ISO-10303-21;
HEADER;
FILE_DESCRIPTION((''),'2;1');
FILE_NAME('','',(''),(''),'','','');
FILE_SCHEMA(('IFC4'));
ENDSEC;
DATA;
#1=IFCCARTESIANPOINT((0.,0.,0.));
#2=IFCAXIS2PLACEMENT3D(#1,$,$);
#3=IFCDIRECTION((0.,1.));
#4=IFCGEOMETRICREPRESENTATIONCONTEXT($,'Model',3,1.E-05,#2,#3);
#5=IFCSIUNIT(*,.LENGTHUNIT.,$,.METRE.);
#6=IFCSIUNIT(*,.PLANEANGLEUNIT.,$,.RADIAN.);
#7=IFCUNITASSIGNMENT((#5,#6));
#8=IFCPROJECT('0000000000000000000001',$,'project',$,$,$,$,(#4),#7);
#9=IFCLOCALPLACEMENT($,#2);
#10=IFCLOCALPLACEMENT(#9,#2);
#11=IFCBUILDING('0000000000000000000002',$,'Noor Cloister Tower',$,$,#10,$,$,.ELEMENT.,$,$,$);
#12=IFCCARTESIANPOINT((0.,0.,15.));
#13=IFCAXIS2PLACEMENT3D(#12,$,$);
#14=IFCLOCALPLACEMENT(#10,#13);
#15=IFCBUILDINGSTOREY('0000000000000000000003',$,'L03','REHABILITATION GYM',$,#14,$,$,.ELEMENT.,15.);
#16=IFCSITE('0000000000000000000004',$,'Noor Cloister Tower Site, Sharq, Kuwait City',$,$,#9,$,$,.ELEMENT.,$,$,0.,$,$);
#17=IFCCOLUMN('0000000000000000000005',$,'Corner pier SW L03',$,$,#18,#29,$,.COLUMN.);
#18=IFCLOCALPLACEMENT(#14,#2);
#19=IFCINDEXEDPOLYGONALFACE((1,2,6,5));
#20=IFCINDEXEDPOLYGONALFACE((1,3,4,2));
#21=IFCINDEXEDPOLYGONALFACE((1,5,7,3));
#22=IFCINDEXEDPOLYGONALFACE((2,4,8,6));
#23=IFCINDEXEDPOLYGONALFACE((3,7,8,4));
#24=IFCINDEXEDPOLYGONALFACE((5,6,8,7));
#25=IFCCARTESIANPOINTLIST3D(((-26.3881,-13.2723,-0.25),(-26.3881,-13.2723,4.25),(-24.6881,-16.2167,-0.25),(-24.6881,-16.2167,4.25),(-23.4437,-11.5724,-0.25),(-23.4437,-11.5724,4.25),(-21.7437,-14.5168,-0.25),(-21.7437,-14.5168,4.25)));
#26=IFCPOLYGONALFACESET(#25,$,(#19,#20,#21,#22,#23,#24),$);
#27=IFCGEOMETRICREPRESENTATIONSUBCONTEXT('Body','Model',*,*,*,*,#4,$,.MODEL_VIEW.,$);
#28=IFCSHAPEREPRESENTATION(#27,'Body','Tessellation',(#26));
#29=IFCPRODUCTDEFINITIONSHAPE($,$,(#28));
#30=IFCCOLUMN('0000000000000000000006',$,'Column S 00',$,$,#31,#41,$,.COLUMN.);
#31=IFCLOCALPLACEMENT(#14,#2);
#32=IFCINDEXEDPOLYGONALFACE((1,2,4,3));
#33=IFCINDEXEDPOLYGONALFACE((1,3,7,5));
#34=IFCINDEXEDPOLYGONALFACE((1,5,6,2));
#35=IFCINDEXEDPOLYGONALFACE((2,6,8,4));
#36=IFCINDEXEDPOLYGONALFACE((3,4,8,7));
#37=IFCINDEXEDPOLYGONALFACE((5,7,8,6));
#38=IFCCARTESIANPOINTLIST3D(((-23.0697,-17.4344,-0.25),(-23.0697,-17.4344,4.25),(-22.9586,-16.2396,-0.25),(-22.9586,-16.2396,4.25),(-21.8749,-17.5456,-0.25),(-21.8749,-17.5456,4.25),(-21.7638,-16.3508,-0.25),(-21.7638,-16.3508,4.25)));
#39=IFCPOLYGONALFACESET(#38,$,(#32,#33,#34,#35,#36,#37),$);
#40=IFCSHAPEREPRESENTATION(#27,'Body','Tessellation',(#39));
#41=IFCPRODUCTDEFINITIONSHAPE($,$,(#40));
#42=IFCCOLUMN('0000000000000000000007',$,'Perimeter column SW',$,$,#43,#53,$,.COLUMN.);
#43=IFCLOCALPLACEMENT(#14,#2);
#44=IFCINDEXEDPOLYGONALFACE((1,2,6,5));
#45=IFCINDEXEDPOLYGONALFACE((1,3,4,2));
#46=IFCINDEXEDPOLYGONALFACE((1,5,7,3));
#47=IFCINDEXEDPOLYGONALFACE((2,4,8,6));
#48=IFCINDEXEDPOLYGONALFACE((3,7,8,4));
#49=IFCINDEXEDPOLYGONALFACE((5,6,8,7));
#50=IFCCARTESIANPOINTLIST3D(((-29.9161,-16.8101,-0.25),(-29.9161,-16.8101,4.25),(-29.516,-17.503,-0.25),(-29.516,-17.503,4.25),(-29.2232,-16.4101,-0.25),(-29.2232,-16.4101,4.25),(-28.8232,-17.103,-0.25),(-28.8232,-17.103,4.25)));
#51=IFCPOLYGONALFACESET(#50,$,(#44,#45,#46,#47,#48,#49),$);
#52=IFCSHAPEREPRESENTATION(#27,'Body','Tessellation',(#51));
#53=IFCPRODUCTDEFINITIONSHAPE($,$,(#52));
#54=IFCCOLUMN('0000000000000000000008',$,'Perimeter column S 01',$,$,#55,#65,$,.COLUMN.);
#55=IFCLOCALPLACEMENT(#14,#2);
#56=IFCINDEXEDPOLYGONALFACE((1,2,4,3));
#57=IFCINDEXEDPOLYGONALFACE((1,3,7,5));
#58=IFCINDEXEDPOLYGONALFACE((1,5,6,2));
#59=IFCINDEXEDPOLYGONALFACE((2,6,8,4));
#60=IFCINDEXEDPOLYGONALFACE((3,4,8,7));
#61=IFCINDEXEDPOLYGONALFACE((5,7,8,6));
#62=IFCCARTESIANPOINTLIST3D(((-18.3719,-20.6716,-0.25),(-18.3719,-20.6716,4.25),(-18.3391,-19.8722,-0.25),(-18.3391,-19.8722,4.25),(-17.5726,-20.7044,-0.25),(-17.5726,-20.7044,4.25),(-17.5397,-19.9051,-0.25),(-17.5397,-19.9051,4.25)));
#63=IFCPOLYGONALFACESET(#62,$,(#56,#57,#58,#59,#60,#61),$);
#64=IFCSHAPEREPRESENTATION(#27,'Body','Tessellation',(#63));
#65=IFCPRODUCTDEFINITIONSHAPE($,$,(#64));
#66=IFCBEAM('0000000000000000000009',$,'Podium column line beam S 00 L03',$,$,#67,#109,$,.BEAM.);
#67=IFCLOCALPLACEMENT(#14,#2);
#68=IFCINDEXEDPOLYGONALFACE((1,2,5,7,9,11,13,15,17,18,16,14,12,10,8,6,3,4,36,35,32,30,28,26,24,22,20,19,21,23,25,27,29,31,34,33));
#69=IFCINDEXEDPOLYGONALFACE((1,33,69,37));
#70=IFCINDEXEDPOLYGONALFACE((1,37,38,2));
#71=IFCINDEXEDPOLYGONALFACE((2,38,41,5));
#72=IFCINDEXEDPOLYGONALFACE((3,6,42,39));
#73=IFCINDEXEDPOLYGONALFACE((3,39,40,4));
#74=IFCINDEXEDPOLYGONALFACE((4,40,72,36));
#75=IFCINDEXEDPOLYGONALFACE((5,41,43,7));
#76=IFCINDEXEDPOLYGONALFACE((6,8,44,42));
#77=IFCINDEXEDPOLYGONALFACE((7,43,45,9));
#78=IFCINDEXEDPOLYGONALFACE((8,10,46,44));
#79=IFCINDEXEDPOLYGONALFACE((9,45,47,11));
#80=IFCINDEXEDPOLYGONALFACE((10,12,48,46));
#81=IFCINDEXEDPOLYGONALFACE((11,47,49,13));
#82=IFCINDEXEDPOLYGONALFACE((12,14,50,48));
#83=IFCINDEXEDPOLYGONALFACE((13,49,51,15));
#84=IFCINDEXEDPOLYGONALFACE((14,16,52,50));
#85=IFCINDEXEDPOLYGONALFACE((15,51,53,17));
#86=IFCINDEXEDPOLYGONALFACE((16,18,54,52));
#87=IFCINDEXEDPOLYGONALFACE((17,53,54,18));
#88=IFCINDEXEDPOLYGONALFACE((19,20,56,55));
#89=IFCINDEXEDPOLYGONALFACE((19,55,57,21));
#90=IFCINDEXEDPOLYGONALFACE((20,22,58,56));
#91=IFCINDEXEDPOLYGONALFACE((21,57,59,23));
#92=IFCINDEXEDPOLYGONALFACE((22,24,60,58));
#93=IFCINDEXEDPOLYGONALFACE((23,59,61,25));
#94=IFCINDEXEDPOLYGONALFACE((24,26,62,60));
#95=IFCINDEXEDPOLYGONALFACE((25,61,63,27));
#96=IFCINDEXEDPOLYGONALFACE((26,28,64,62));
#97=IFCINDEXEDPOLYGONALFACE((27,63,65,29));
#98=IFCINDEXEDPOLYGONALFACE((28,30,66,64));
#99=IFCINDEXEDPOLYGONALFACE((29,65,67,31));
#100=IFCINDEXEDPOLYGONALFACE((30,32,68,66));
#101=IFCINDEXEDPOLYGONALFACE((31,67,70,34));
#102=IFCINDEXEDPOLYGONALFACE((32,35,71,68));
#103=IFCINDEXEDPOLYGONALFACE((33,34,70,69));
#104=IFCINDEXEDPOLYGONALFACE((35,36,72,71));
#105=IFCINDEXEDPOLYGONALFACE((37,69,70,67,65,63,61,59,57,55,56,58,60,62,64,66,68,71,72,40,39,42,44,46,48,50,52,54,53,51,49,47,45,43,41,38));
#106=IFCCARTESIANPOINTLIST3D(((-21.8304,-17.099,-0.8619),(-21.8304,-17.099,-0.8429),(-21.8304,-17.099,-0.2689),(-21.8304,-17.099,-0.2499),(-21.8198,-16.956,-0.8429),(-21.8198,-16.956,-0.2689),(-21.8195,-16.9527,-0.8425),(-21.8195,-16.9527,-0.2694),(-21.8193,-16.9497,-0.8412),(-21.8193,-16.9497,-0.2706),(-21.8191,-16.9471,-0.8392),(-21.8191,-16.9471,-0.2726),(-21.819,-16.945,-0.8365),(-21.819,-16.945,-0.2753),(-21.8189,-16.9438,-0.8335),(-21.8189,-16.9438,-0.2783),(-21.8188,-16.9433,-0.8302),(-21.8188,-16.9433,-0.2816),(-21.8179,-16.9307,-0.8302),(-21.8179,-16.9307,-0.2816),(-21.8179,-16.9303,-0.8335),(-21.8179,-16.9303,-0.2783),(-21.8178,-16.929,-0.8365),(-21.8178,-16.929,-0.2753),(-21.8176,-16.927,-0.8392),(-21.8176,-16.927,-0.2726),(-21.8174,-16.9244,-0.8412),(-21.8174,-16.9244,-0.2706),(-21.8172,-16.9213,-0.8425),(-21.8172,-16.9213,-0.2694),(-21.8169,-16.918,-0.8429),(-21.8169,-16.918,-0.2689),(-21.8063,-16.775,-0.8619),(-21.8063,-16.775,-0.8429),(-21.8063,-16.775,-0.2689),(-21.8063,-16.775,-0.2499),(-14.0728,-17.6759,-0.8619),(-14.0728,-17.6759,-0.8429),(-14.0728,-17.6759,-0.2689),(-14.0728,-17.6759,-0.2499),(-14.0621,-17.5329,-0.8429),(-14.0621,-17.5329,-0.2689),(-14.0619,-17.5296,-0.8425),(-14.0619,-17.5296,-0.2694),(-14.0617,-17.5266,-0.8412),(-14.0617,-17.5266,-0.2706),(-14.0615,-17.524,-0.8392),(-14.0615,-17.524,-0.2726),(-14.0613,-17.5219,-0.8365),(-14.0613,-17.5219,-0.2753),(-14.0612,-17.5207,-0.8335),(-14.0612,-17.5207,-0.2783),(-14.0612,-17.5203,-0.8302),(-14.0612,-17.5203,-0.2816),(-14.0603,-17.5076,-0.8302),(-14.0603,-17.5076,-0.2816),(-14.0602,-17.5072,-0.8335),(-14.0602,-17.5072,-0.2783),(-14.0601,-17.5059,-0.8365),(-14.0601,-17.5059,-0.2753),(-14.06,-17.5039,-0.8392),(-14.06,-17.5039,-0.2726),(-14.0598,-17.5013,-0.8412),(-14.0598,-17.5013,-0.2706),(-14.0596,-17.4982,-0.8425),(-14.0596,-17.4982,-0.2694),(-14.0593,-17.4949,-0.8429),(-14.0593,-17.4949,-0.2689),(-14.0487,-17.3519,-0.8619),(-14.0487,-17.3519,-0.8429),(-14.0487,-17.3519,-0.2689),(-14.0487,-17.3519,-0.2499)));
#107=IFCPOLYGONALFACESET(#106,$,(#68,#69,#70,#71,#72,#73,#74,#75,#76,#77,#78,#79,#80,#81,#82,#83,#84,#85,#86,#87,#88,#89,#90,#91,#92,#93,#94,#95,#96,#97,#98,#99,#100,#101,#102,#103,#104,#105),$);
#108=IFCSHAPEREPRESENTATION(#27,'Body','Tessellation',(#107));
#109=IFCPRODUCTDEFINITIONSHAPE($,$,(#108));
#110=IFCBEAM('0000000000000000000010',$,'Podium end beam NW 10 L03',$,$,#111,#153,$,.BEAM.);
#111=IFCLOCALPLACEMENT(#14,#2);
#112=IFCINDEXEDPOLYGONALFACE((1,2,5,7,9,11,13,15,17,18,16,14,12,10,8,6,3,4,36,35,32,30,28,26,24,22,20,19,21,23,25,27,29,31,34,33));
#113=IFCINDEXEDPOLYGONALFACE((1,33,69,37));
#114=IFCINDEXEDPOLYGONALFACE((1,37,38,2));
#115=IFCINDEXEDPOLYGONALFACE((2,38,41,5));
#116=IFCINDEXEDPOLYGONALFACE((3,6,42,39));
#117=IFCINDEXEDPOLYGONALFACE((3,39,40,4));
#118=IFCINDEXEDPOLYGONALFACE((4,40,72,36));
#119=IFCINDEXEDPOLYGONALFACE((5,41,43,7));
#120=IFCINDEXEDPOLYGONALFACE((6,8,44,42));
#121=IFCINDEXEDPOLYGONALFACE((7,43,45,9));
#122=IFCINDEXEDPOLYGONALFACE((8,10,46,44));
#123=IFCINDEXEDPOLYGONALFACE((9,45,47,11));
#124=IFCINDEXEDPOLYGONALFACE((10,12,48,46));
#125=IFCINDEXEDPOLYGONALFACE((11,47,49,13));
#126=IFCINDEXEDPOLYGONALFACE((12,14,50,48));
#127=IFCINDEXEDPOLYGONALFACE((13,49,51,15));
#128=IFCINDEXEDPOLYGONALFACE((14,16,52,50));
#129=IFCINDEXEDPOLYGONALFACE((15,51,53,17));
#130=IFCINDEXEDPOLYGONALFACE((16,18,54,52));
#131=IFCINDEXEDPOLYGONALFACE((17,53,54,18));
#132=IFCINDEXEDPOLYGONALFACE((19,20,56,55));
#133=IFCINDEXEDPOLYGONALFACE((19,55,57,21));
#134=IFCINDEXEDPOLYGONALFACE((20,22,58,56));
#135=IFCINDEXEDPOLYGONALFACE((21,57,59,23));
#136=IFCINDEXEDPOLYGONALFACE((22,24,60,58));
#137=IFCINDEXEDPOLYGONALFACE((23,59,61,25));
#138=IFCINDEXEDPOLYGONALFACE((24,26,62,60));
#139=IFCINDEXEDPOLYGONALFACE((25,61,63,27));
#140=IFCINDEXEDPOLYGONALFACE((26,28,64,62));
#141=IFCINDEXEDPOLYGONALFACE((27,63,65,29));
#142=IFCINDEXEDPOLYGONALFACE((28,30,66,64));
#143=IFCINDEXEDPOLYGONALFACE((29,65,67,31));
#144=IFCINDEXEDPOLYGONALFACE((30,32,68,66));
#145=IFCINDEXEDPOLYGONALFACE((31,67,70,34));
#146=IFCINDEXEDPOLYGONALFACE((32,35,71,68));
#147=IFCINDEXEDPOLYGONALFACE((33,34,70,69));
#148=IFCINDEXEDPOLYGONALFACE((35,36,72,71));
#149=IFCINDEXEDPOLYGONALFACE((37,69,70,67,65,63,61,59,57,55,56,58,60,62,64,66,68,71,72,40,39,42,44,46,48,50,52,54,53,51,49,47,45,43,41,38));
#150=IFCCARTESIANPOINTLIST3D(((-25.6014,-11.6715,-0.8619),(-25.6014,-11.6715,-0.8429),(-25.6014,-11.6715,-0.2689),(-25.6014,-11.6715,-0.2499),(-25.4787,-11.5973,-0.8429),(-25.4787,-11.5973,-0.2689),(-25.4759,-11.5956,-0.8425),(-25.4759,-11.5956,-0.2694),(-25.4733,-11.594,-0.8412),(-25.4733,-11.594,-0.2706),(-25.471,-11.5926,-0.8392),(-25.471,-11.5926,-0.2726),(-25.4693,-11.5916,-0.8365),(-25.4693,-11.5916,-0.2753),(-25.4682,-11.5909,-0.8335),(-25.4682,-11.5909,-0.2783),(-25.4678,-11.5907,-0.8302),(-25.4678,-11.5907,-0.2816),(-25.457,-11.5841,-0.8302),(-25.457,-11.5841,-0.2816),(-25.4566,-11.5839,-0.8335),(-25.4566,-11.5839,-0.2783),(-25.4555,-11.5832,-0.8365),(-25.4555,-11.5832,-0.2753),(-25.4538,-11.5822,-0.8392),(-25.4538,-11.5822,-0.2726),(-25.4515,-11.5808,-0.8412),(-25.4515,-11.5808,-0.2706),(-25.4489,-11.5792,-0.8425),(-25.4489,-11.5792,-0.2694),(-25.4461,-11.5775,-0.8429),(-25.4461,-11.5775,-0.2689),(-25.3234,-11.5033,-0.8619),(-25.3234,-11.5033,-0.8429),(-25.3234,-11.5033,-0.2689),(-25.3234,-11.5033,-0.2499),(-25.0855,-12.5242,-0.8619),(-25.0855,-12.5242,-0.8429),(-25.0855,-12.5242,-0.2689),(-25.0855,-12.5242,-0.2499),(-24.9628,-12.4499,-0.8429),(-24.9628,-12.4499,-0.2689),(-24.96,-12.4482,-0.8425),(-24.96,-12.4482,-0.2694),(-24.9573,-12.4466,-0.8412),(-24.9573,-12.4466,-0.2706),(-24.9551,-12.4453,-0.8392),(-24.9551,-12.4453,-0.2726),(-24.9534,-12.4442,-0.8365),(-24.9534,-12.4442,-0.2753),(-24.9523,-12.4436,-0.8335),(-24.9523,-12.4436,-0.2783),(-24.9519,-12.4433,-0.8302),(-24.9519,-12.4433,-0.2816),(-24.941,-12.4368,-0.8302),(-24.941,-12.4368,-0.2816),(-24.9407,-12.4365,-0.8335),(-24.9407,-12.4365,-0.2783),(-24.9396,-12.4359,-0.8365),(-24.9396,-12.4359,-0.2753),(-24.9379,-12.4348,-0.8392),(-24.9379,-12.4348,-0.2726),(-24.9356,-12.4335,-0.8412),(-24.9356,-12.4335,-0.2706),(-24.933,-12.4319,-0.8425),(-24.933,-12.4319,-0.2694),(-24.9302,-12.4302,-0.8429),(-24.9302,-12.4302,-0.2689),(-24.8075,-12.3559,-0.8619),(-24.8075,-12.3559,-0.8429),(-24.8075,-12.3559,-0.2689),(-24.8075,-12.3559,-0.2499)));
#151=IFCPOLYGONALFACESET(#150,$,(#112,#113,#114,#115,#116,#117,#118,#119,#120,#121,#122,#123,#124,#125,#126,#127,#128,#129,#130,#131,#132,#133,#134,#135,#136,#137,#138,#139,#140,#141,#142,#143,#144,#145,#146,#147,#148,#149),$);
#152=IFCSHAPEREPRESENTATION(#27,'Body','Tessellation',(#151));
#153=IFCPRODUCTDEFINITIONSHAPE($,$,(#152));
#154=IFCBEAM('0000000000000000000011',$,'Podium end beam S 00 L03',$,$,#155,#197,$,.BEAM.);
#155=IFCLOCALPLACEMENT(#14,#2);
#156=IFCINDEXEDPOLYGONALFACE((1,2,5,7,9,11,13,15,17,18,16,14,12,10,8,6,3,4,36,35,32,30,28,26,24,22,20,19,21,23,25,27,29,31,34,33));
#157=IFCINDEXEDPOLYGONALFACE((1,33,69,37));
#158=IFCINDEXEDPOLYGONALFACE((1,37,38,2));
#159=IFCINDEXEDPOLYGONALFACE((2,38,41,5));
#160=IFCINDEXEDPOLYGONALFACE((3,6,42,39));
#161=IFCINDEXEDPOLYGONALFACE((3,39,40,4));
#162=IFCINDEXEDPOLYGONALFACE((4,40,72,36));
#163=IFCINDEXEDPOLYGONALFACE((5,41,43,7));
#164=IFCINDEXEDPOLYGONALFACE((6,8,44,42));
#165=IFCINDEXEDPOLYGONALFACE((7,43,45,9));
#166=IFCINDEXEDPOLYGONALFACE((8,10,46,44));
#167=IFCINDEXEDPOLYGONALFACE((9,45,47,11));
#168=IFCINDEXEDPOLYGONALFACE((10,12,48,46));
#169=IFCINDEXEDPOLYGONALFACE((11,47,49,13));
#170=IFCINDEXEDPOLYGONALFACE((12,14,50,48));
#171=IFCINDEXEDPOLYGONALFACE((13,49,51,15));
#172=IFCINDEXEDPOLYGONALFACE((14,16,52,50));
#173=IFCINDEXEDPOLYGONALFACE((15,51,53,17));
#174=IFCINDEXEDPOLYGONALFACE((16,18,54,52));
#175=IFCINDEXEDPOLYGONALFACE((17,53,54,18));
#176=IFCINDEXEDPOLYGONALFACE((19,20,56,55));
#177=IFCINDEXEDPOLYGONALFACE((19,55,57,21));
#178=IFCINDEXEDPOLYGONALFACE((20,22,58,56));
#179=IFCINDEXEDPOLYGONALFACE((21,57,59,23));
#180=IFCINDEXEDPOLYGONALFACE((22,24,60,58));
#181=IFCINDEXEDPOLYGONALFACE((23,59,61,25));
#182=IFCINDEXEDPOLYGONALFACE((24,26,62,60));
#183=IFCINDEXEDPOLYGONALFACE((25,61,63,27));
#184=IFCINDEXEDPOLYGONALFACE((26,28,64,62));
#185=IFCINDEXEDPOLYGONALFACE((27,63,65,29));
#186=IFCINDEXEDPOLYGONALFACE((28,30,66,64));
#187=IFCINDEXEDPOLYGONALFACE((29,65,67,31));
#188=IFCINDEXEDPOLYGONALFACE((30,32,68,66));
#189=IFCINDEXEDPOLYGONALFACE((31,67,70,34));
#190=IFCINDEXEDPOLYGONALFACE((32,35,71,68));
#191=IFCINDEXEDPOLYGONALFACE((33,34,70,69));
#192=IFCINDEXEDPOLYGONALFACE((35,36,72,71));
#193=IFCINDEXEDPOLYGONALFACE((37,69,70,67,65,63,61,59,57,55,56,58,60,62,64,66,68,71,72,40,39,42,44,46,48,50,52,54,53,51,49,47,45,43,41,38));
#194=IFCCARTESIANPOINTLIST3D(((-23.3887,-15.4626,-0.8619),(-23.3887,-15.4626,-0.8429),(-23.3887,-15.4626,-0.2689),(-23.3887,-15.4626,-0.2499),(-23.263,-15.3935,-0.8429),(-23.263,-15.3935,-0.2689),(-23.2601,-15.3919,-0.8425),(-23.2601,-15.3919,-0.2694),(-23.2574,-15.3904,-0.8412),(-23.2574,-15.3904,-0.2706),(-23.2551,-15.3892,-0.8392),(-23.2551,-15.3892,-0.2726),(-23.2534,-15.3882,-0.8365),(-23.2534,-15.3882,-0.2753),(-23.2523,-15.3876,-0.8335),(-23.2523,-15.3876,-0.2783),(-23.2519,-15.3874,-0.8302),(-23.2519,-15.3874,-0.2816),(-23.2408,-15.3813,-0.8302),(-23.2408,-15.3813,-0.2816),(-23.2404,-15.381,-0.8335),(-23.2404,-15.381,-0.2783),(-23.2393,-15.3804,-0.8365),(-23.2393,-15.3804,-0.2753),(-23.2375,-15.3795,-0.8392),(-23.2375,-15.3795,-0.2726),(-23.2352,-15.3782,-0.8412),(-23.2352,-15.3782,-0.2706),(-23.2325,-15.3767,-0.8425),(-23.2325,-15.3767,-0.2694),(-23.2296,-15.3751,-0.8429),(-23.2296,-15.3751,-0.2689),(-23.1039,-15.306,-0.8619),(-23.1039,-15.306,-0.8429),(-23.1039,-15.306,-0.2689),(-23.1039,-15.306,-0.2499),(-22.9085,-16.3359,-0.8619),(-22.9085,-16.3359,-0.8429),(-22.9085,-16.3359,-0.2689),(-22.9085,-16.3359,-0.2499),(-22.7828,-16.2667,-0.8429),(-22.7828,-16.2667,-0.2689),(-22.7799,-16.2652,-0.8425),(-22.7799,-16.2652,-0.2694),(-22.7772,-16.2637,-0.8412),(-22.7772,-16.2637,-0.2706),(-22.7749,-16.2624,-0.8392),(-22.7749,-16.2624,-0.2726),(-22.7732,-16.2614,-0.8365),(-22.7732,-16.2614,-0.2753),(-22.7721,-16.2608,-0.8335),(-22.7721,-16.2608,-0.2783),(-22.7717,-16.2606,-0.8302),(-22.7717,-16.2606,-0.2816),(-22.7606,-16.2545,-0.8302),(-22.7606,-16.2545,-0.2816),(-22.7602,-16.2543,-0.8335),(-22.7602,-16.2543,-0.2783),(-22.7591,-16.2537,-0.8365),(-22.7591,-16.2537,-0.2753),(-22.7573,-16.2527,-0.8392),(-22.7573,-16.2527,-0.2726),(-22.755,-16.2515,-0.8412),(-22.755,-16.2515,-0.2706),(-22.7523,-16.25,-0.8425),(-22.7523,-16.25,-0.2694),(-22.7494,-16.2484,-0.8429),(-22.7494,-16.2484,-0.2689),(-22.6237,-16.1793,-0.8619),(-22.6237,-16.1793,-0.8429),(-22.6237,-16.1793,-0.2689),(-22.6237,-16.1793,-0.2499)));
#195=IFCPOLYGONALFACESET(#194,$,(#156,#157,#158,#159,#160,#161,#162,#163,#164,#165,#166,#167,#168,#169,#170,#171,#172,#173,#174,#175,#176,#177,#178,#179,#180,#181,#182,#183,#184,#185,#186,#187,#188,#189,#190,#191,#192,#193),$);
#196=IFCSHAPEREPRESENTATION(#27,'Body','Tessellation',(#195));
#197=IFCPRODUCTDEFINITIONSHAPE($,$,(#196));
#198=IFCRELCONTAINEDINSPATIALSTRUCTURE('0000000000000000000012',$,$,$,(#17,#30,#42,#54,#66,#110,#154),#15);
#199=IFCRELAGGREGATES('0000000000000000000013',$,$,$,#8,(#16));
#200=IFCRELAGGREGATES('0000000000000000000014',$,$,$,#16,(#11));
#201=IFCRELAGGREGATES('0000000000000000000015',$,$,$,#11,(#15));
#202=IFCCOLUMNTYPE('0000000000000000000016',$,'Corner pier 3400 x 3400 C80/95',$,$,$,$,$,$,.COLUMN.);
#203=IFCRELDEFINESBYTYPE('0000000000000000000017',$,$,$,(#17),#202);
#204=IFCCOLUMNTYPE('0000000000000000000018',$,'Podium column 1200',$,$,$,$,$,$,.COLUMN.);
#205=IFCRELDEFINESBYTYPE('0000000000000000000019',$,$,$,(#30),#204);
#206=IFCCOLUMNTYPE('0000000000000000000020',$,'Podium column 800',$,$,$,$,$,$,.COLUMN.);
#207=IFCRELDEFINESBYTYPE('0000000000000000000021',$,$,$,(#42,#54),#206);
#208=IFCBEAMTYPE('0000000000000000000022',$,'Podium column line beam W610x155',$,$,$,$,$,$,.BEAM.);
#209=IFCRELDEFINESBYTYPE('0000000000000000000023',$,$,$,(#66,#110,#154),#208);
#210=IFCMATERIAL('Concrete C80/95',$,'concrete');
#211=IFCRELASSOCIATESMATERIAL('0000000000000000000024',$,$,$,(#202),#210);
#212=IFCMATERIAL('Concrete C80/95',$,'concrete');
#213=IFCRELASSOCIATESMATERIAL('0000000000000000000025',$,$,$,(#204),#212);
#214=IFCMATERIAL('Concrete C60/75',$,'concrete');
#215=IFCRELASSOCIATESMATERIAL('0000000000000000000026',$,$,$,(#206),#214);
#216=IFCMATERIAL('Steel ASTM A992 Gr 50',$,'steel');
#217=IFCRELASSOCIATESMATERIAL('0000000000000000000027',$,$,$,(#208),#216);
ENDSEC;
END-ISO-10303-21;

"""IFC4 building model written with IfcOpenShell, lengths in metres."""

from ifc_helpers import new_model, si_unit, direction, frame, origin, origin_2d, place, context, subcontext, project, spatial, rectangle, i_section, extrude, material, material_profile, profile_set, type_object, element, save


model = new_model("IFC4")

# Units and contexts
model_context = context("Model", 3, precision=1e-05, world=origin(), true_north=direction((0.0, 1.0)))
body_context = subcontext(model_context, "Body", "Model", "MODEL_VIEW")
ifc_project = project(units=[si_unit("LENGTHUNIT", "METRE"), si_unit("PLANEANGLEUNIT", "RADIAN")], contexts=[model_context])

# Site, building, storey
site_placement = place(None, origin())
site = spatial("IfcSite", under=ifc_project, at=site_placement, Name="Noor Cloister Tower Site, Sharq, Kuwait City", CompositionType="ELEMENT", RefElevation=0.0)
building_placement = place(site_placement, origin())
building = spatial("IfcBuilding", under=site, at=building_placement, Name="Noor Cloister Tower", CompositionType="ELEMENT")
storey_placement = place(building_placement, frame((0.0, 0.0, 15.0)))
storey = spatial("IfcBuildingStorey", under=building, at=storey_placement, Name="L03", Description="REHABILITATION GYM", CompositionType="ELEMENT", Elevation=15.0)

# Columns
ifc_material_1 = material(Name="Concrete C80/95", Category="concrete")
ifc_material_profile_1 = material_profile(ifc_material_1, rectangle(XDim=3.3999, YDim=3.3999, at=origin_2d()), Name="RC 3400x3400")
ifc_profile_set_1 = profile_set([ifc_material_profile_1], Name="Concrete C80/95")
column_type_1 = type_object("IfcColumnType", Name="Corner pier 3400 x 3400 C80/95", PredefinedType="COLUMN", material=ifc_profile_set_1)
column_1_placement = place(storey_placement, frame((-24.0659, -13.8945, -0.25), z_axis=(0.0, 0.0, 1.0), x_axis=(-0.866025, -0.5, 0.0)))
element("IfcColumn", 1, at=column_1_placement, inside=storey, type_object=column_type_1, Name="Corner pier SW L03", PredefinedType="COLUMN", context=body_context, shape_type="SweptSolid", body=[
    extrude(rectangle(XDim=3.3999, YDim=3.3999, at=origin_2d()), origin(), (0.0, 0.0, 1.0), 4.5),
])
ifc_material_2 = material(Name="Concrete C80/95", Category="concrete")
ifc_material_profile_2 = material_profile(ifc_material_2, rectangle(XDim=1.2, YDim=1.2, at=origin_2d()), Name="Podium column 1200")
ifc_profile_set_2 = profile_set([ifc_material_profile_2], Name="Concrete C80/95")
column_type_2 = type_object("IfcColumnType", Name="Podium column 1200", PredefinedType="COLUMN", material=ifc_profile_set_2)
column_2_placement = place(storey_placement, frame((-22.4167, -16.8926, -0.25), z_axis=(0.0, 0.0, 1.0), x_axis=(-0.092636, -0.9957, 0.0)))
element("IfcColumn", 2, at=column_2_placement, inside=storey, type_object=column_type_2, Name="Column S 00", PredefinedType="COLUMN", context=body_context, shape_type="SweptSolid", body=[
    extrude(rectangle(XDim=1.2, YDim=1.2, at=origin_2d()), origin(), (0.0, 0.0, 1.0), 4.5),
])
ifc_material_3 = material(Name="Concrete C60/75", Category="concrete")
ifc_material_profile_3 = material_profile(ifc_material_3, rectangle(XDim=0.8, YDim=0.8, at=origin_2d()), Name="Podium column 800")
ifc_profile_set_3 = profile_set([ifc_material_profile_3], Name="Concrete C60/75")
column_type_3 = type_object("IfcColumnType", Name="Podium column 800", PredefinedType="COLUMN", material=ifc_profile_set_3)
for number, where, z_axis, x_axis, name in (
    (3, (-29.3696, -16.9565, -0.25), (0.0, 0.0, 1.0), (-0.866025, -0.5, 0.0), "Perimeter column SW"),
    (4, (-17.9558, -20.2883, -0.25), (0.0, 0.0, 1.0), (-0.041066, -0.999156, 0.0), "Perimeter column S 01"),
):
    element("IfcColumn", number, at=place(storey_placement, frame(where, z_axis=z_axis, x_axis=x_axis)), inside=storey, type_object=column_type_3, Name=name, PredefinedType="COLUMN", context=body_context, shape_type="SweptSolid", body=[
        extrude(rectangle(XDim=0.8, YDim=0.8, at=origin_2d()), origin(), (0.0, 0.0, 1.0), 4.5),
    ])

# Beams
ifc_material_4 = material(Name="Steel ASTM A992 Gr 50", Category="steel")
ifc_material_profile_4 = material_profile(ifc_material_4, i_section(OverallWidth=0.325, OverallDepth=0.6121, WebThickness=0.0127, FlangeThickness=0.019, FilletRadius=0.0127, at=origin_2d()), Name="W610x155")
ifc_profile_set_4 = profile_set([ifc_material_profile_4], Name="Steel ASTM A992 Gr 50")
beam_type_1 = type_object("IfcBeamType", Name="Podium column line beam W610x155", PredefinedType="BEAM", material=ifc_profile_set_4)
beam_1_placement = place(storey_placement, frame((-21.8184, -16.937, -0.5559), z_axis=(0.997246, -0.074162, 0.0), x_axis=(0.074162, 0.997246, 0.0)))
element("IfcBeam", 5, at=beam_1_placement, inside=storey, type_object=beam_type_1, Name="Podium column line beam S 00 L03", PredefinedType="BEAM", context=body_context, shape_type="SweptSolid", body=[
    extrude(i_section(OverallWidth=0.325, OverallDepth=0.6121, WebThickness=0.0127, FlangeThickness=0.019, FilletRadius=0.0127, at=origin_2d()), origin(), (0.0, 0.0, 1.0), 7.7791),
])
for number, where, z_axis, x_axis, name in (
    (6, (-25.4624, -11.5874, -0.5559), (0.517699, -0.855563, 0.0), (0.855563, 0.517699, 0.0), "Podium end beam NW 10 L03"),
    (7, (-22.7661, -16.2576, -0.5559), (-0.481853, 0.876252, 0.0), (-0.876252, -0.481853, 0.0), "Podium end beam S 00 L03"),
):
    element("IfcBeam", number, at=place(storey_placement, frame(where, z_axis=z_axis, x_axis=x_axis)), inside=storey, type_object=beam_type_1, Name=name, PredefinedType="BEAM", context=body_context, shape_type="SweptSolid", body=[
        extrude(i_section(OverallWidth=0.325, OverallDepth=0.6121, WebThickness=0.0127, FlangeThickness=0.019, FilletRadius=0.0127, at=origin_2d()), origin(), (0.0, 0.0, 1.0), 0.9966),
    ])

save(model, "model.ifc")
